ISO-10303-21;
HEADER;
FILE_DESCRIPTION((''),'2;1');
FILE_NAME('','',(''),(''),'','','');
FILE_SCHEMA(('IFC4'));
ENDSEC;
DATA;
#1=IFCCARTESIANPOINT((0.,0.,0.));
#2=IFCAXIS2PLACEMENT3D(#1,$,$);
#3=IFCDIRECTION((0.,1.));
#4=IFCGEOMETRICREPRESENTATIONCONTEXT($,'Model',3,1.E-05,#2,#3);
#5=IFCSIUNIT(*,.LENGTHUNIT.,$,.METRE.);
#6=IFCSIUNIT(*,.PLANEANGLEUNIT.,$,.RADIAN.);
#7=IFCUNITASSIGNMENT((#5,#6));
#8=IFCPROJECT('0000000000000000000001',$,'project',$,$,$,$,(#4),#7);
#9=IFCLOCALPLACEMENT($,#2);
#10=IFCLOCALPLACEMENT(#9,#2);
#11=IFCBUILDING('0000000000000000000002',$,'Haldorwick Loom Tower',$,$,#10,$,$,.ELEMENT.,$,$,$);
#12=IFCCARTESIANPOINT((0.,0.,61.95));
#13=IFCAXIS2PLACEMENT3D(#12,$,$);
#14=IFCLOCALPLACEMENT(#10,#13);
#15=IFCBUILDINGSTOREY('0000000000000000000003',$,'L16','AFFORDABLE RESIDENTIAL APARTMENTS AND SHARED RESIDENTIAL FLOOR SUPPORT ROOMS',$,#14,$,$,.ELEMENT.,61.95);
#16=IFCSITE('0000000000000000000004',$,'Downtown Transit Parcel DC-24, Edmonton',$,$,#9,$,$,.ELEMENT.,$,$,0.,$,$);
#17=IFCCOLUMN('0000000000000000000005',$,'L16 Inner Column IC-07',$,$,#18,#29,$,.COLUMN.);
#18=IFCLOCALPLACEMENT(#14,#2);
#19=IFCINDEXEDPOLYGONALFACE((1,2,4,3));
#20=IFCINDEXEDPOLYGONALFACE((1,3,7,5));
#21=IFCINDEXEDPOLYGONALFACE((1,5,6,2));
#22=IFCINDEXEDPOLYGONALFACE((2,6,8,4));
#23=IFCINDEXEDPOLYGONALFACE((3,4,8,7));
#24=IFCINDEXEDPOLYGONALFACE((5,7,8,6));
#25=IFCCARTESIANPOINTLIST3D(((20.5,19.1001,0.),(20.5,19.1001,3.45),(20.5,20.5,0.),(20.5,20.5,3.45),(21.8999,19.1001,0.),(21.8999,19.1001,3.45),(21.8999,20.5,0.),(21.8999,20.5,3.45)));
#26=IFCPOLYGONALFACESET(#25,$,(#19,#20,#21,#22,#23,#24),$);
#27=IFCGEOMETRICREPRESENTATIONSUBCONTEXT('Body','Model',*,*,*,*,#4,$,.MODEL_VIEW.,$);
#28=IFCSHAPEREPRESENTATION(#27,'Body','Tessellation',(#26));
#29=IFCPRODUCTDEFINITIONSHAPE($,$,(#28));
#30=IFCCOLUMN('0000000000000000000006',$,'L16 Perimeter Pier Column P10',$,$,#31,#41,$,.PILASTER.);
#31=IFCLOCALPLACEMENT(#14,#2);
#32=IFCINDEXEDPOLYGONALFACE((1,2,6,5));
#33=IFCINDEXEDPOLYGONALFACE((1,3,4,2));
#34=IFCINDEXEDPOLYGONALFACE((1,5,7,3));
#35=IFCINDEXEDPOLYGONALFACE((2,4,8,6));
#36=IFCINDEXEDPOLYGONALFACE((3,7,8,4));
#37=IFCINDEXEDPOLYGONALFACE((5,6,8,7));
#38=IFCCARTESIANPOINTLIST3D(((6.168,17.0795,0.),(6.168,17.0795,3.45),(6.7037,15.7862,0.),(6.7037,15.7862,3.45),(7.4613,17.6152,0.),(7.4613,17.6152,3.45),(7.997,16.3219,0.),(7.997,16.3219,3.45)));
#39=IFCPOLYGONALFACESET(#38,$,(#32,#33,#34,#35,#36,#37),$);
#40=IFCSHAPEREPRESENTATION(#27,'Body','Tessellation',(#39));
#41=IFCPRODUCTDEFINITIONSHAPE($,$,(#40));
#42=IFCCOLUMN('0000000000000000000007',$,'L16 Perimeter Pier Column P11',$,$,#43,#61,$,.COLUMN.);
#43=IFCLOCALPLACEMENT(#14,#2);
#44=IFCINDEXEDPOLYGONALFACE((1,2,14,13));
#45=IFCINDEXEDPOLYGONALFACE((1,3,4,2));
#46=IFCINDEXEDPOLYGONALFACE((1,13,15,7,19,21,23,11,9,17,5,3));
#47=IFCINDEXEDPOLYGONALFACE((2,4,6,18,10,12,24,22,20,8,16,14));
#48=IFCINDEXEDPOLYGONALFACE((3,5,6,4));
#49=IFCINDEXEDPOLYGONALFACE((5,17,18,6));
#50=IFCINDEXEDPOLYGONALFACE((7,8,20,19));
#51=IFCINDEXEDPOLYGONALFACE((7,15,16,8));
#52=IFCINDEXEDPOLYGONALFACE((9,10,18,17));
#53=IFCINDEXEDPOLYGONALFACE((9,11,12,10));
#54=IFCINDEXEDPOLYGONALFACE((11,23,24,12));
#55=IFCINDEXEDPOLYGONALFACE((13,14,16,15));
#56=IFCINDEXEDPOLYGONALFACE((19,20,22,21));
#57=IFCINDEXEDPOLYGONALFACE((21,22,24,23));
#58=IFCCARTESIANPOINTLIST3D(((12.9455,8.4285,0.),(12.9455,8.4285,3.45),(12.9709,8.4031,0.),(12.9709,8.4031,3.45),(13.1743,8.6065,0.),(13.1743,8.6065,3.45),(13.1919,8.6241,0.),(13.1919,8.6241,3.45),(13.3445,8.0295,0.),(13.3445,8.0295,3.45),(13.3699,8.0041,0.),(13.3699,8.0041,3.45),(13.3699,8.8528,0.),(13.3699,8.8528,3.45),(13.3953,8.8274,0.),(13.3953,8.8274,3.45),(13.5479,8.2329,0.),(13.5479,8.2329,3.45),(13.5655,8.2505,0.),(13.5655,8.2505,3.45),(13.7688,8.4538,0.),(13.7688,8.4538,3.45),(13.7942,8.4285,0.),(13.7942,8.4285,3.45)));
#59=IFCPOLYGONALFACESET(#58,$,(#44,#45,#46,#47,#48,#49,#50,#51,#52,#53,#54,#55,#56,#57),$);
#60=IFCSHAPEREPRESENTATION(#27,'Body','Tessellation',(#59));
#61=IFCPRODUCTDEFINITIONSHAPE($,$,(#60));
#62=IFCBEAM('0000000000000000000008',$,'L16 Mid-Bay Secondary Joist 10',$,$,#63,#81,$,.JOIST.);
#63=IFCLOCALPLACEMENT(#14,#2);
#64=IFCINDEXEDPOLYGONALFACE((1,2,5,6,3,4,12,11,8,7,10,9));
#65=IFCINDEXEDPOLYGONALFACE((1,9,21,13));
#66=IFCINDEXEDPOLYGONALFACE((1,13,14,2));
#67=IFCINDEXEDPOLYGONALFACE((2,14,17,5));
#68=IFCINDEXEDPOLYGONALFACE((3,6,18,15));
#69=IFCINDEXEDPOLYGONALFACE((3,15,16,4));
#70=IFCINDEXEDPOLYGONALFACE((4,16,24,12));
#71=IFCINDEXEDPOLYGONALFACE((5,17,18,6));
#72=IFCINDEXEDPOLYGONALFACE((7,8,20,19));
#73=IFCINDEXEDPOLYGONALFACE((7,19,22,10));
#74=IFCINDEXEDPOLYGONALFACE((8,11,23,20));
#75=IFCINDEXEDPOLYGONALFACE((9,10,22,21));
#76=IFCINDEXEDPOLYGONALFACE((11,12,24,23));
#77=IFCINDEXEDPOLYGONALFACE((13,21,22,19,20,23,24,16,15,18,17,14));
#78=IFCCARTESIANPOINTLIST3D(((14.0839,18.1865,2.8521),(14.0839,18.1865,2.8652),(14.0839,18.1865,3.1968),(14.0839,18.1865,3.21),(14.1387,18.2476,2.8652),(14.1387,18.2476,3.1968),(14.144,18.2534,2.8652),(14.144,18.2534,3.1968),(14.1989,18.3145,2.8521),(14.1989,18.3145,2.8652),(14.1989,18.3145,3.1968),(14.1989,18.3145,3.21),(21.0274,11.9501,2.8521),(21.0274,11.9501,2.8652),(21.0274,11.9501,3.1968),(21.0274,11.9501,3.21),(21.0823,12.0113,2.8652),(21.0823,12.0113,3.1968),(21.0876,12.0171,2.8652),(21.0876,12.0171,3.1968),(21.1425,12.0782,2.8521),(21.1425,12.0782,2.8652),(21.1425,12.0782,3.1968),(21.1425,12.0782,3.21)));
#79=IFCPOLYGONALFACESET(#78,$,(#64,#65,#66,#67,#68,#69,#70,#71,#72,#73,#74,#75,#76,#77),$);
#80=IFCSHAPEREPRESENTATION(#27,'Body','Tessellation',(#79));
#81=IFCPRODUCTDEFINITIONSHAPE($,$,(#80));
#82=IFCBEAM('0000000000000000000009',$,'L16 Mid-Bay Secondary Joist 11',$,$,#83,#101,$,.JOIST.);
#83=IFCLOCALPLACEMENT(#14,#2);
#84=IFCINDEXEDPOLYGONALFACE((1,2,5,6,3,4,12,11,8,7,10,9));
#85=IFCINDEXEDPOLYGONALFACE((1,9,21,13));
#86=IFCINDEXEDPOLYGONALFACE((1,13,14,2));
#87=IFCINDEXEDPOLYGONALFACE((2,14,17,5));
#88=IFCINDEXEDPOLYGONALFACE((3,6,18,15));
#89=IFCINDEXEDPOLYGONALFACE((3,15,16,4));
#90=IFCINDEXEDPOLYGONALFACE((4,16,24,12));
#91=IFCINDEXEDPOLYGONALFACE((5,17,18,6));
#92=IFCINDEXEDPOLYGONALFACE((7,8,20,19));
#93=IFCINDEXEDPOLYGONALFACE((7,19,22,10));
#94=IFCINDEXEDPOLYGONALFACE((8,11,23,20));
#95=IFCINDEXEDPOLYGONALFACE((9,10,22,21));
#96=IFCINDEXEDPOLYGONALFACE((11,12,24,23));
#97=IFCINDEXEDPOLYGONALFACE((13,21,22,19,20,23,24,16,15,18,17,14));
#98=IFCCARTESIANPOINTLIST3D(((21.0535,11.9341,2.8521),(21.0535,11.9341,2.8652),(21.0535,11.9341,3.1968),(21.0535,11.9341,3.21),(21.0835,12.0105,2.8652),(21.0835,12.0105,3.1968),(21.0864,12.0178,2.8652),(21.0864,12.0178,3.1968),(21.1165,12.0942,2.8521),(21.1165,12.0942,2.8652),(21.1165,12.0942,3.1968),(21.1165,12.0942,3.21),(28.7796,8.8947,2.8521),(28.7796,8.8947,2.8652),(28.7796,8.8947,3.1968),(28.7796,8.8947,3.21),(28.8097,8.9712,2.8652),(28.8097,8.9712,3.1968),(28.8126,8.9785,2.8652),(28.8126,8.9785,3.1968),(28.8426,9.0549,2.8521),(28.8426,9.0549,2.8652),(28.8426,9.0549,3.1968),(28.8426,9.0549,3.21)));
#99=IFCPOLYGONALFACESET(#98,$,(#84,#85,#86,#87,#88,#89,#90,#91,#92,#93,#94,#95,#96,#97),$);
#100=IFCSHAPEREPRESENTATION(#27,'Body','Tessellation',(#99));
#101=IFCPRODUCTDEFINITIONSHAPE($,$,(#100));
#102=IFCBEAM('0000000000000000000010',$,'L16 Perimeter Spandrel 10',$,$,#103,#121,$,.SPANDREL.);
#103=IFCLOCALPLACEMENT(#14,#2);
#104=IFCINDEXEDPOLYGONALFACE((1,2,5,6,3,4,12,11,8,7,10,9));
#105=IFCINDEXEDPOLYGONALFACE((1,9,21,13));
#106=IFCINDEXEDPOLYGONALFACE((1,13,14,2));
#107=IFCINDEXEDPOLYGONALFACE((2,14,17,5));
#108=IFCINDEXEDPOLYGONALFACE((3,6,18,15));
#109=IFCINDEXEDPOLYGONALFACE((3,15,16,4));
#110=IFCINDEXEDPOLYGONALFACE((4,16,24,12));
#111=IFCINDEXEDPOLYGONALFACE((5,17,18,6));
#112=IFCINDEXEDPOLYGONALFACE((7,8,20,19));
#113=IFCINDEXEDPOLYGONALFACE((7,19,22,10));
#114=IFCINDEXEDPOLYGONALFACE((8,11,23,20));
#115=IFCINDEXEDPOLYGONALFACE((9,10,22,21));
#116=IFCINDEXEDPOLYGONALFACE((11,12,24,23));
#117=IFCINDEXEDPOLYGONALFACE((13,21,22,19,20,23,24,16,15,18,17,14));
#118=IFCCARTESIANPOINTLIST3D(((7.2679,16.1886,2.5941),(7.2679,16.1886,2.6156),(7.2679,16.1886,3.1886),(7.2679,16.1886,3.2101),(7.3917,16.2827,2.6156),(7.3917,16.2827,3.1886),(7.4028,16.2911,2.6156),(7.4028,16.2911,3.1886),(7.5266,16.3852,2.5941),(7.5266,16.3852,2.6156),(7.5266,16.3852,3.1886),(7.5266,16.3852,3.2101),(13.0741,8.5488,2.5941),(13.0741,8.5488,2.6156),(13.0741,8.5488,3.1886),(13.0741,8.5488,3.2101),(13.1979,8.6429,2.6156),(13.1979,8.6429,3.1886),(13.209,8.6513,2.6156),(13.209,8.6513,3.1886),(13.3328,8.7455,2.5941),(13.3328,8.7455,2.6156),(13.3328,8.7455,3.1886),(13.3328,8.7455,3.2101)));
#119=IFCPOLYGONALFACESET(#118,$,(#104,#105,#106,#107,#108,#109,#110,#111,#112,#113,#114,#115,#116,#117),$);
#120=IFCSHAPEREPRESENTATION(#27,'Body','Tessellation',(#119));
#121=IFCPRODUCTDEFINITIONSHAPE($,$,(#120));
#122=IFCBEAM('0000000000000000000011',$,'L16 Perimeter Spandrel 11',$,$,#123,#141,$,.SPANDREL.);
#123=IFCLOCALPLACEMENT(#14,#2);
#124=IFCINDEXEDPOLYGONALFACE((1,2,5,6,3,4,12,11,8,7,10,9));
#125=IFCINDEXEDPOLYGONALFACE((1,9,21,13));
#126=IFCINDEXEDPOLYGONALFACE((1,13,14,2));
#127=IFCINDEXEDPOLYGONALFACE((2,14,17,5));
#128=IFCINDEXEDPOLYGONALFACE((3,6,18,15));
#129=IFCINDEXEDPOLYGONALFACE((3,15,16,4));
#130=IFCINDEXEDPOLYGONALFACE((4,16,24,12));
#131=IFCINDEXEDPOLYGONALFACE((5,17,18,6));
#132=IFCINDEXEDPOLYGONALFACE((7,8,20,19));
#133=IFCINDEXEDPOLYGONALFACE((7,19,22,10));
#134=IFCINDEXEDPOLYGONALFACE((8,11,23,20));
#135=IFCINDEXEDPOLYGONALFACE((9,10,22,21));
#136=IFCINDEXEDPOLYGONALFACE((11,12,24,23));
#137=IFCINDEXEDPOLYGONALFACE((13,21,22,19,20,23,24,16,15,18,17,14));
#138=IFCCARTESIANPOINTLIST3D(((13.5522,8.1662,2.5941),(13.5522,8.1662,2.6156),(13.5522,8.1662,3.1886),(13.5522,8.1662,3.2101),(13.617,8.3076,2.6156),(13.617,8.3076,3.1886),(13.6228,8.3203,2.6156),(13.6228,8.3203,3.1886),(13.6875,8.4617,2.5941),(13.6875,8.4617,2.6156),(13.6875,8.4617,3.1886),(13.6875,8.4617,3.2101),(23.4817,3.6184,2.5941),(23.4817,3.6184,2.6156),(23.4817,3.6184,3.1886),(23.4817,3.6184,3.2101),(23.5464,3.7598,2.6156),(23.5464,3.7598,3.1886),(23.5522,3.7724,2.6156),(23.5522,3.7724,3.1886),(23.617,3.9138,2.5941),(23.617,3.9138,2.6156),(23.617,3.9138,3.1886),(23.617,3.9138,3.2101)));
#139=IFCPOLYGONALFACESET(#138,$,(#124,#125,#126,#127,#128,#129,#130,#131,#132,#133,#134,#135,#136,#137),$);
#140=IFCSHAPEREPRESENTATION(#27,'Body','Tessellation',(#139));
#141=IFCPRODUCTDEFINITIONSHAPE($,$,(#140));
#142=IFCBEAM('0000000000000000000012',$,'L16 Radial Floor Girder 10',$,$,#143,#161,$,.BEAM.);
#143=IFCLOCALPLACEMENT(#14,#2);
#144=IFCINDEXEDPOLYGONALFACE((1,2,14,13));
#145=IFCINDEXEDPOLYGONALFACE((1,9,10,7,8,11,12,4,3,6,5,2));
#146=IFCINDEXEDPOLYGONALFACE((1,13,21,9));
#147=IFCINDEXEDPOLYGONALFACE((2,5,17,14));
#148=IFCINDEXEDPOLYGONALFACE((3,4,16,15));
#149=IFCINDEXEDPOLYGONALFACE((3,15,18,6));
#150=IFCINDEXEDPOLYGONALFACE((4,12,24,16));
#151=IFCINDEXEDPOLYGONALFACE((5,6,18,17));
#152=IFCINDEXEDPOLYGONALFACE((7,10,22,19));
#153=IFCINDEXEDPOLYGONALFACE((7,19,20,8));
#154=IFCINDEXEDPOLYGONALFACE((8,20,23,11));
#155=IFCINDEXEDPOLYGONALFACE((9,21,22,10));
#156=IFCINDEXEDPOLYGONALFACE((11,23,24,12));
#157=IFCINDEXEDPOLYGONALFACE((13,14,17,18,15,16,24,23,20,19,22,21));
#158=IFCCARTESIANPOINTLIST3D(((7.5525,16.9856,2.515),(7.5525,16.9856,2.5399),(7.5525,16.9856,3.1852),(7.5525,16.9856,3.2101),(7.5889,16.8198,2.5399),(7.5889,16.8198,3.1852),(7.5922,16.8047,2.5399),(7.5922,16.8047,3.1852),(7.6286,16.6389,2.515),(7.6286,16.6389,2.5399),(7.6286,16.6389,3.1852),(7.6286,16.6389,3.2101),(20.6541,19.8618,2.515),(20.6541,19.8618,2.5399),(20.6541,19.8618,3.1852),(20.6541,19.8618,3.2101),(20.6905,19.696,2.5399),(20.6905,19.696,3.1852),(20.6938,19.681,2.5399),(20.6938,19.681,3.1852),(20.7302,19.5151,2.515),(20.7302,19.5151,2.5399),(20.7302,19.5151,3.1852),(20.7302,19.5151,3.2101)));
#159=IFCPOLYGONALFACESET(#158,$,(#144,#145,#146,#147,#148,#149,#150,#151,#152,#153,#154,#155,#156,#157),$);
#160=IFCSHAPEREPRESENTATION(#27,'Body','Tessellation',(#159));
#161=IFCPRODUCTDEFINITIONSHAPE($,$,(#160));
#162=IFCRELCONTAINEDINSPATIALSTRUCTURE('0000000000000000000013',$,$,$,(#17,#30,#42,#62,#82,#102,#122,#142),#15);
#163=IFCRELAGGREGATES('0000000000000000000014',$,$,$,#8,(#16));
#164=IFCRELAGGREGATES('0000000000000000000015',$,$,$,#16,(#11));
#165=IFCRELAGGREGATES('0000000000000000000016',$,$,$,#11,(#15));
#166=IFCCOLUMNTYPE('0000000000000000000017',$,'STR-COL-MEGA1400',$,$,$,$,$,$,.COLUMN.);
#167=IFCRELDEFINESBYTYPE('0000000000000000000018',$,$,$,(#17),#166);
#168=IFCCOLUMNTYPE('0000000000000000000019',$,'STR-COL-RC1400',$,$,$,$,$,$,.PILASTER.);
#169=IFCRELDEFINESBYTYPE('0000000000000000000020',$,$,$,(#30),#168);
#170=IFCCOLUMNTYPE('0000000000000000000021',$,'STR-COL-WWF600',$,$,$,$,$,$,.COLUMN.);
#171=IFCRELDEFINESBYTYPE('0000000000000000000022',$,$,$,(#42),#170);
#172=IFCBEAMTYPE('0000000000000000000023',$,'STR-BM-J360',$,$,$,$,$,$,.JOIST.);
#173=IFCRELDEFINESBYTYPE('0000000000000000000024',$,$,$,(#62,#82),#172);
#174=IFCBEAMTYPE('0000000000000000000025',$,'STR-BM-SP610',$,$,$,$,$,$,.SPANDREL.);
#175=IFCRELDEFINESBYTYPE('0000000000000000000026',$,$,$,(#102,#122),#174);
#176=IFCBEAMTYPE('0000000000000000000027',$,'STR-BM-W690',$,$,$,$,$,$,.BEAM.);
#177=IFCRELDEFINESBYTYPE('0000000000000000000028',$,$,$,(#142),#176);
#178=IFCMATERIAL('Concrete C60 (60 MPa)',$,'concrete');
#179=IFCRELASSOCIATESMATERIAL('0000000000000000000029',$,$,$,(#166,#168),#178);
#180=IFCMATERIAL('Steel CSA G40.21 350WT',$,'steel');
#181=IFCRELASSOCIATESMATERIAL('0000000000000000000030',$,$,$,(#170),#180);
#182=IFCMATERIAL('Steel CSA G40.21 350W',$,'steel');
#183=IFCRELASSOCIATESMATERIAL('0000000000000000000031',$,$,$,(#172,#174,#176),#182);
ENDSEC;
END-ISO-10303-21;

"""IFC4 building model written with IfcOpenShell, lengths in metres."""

from ifc_helpers import new_model, si_unit, direction, frame, origin, origin_2d, place, context, subcontext, project, spatial, rectangle, i_section, extrude, material, material_profile, profile_set, type_object, element, save


model = new_model("IFC4")

# Units and contexts
model_context = context("Model", 3, precision=1e-05, world=origin(), true_north=direction((0.0, 1.0)))
body_context = subcontext(model_context, "Body", "Model", "MODEL_VIEW")
ifc_project = project(units=[si_unit("LENGTHUNIT", "METRE"), si_unit("PLANEANGLEUNIT", "RADIAN")], contexts=[model_context])

# Site, building, storey
site_placement = place(None, origin())
site = spatial("IfcSite", under=ifc_project, at=site_placement, Name="Downtown Transit Parcel DC-24, Edmonton", CompositionType="ELEMENT", RefElevation=0.0)
building_placement = place(site_placement, origin())
building = spatial("IfcBuilding", under=site, at=building_placement, Name="Haldorwick Loom Tower", CompositionType="ELEMENT")
storey_placement = place(building_placement, frame((0.0, 0.0, 61.95)))
storey = spatial("IfcBuildingStorey", under=building, at=storey_placement, Name="L16", Description="AFFORDABLE RESIDENTIAL APARTMENTS AND SHARED RESIDENTIAL FLOOR SUPPORT ROOMS", CompositionType="ELEMENT", Elevation=61.95)

# Columns
ifc_material_1 = material(Name="Concrete C60 (60 MPa)", Category="concrete")
ifc_material_profile_1 = material_profile(ifc_material_1, rectangle(XDim=1.3999, YDim=1.3999, at=origin_2d()), Name="RC1400X1400", Category="concrete")
ifc_profile_set_1 = profile_set([ifc_material_profile_1], Name="Concrete C60 (60 MPa)")
column_type_1 = type_object("IfcColumnType", Name="STR-COL-MEGA1400", PredefinedType="COLUMN", material=ifc_profile_set_1)
column_1_placement = place(storey_placement, frame((21.2, 19.8, 0.0), z_axis=(0.0, 0.0, 1.0), x_axis=(1.0, 0.0, 0.0)))
element("IfcColumn", 1, at=column_1_placement, inside=storey, type_object=column_type_1, Name="L16 Inner Column IC-07", PredefinedType="COLUMN", context=body_context, shape_type="SweptSolid", body=[
    extrude(rectangle(XDim=1.3999, YDim=1.3999, at=origin_2d()), origin(), (0.0, 0.0, 1.0), 3.45),
])
ifc_material_profile_2 = material_profile(ifc_material_1, rectangle(XDim=1.3999, YDim=1.3999, at=origin_2d()), Name="RC1400X1400", Category="concrete")
ifc_profile_set_2 = profile_set([ifc_material_profile_2], Name="Concrete C60 (60 MPa)")
column_type_2 = type_object("IfcColumnType", Name="STR-COL-RC1400", PredefinedType="PILASTER", material=ifc_profile_set_2)
column_2_placement = place(storey_placement, frame((7.0825, 16.7007, 0.0), z_axis=(0.0, 0.0, 1.0), x_axis=(-0.92388, -0.382683, 0.0)))
element("IfcColumn", 2, at=column_2_placement, inside=storey, type_object=column_type_2, Name="L16 Perimeter Pier Column P10", PredefinedType="PILASTER", context=body_context, shape_type="SweptSolid", body=[
    extrude(rectangle(XDim=1.3999, YDim=1.3999, at=origin_2d()), origin(), (0.0, 0.0, 1.0), 3.45),
])
ifc_material_2 = material(Name="Steel CSA G40.21 350WT", Category="steel")
ifc_material_profile_3 = material_profile(ifc_material_2, i_section(OverallWidth=0.6001, OverallDepth=0.6001, WebThickness=0.0249, FlangeThickness=0.0359, at=origin_2d()), Name="WWF600X600", Category="steel")
ifc_profile_set_3 = profile_set([ifc_material_profile_3], Name="Steel CSA G40.21 350WT")
column_type_3 = type_object("IfcColumnType", Name="STR-COL-WWF600", PredefinedType="COLUMN", material=ifc_profile_set_3)
column_3_placement = place(storey_placement, frame((13.3699, 8.4285, 0.0), z_axis=(0.0, 0.0, 1.0), x_axis=(-0.707107, -0.707107, 0.0)))
element("IfcColumn", 3, at=column_3_placement, inside=storey, type_object=column_type_3, Name="L16 Perimeter Pier Column P11", PredefinedType="COLUMN", context=body_context, shape_type="SweptSolid", body=[
    extrude(i_section(OverallWidth=0.6001, OverallDepth=0.6001, WebThickness=0.0249, FlangeThickness=0.0359, at=origin_2d()), origin(), (0.0, 0.0, 1.0), 3.45),
])

# Beams
ifc_material_3 = material(Name="Steel CSA G40.21 350W", Category="steel")
ifc_material_profile_4 = material_profile(ifc_material_3, i_section(OverallWidth=0.1721, OverallDepth=0.3579, WebThickness=0.0078, FlangeThickness=0.0132, at=origin_2d()), Name="W360X57", Category="steel")
ifc_profile_set_4 = profile_set([ifc_material_profile_4], Name="Steel CSA G40.21 350W")
beam_type_1 = type_object("IfcBeamType", Name="STR-BM-J360", PredefinedType="JOIST", material=ifc_profile_set_4)
beam_1_placement = place(storey_placement, frame((14.1414, 18.2505, 3.031), z_axis=(0.743982, -0.6682, 0.0), x_axis=(0.6682, 0.743982, 0.0)))
element("IfcBeam", 4, at=beam_1_placement, inside=storey, type_object=beam_type_1, Name="L16 Mid-Bay Secondary Joist 10", PredefinedType="JOIST", context=body_context, shape_type="SweptSolid", body=[
    extrude(i_section(OverallWidth=0.1721, OverallDepth=0.3579, WebThickness=0.0078, FlangeThickness=0.0132, at=origin_2d()), origin(), (0.0, 0.0, 1.0), 9.333),
])
beam_2_placement = place(storey_placement, frame((21.085, 12.0142, 3.031), z_axis=(0.930585, -0.366076, 0.0), x_axis=(0.366076, 0.930585, 0.0)))
element("IfcBeam", 5, at=beam_2_placement, inside=storey, type_object=beam_type_1, Name="L16 Mid-Bay Secondary Joist 11", PredefinedType="JOIST", context=body_context, shape_type="SweptSolid", body=[
    extrude(i_section(OverallWidth=0.1721, OverallDepth=0.3579, WebThickness=0.0078, FlangeThickness=0.0132, at=origin_2d()), origin(), (0.0, 0.0, 1.0), 8.3025),
])
ifc_material_profile_5 = material_profile(ifc_material_3, i_section(OverallWidth=0.325, OverallDepth=0.616, WebThickness=0.0139, FlangeThickness=0.0215, at=origin_2d()), Name="W610X174", Category="steel")
ifc_profile_set_5 = profile_set([ifc_material_profile_5], Name="Steel CSA G40.21 350W")
beam_type_2 = type_object("IfcBeamType", Name="STR-BM-SP610", PredefinedType="SPANDREL", material=ifc_profile_set_5)
beam_3_placement = place(storey_placement, frame((7.3972, 16.2869, 2.9021), z_axis=(0.605085, -0.796161, 0.0), x_axis=(0.796161, 0.605085, 0.0)))
element("IfcBeam", 6, at=beam_3_placement, inside=storey, type_object=beam_type_2, Name="L16 Perimeter Spandrel 10", PredefinedType="SPANDREL", context=body_context, shape_type="SweptSolid", body=[
    extrude(i_section(OverallWidth=0.325, OverallDepth=0.616, WebThickness=0.0139, FlangeThickness=0.0215, at=origin_2d()), origin(), (0.0, 0.0, 1.0), 9.5957),
])
beam_4_placement = place(storey_placement, frame((13.6199, 8.314, 2.9021), z_axis=(0.909174, -0.416417, 0.0), x_axis=(0.416417, 0.909174, 0.0)))
element("IfcBeam", 7, at=beam_4_placement, inside=storey, type_object=beam_type_2, Name="L16 Perimeter Spandrel 11", PredefinedType="SPANDREL", context=body_context, shape_type="SweptSolid", body=[
    extrude(i_section(OverallWidth=0.325, OverallDepth=0.616, WebThickness=0.0139, FlangeThickness=0.0215, at=origin_2d()), origin(), (0.0, 0.0, 1.0), 10.9214),
])
ifc_material_profile_6 = material_profile(ifc_material_3, i_section(OverallWidth=0.355, OverallDepth=0.6951, WebThickness=0.0154, FlangeThickness=0.0249, at=origin_2d()), Name="W690X217", Category="steel")
ifc_profile_set_6 = profile_set([ifc_material_profile_6], Name="Steel CSA G40.21 350W")
beam_type_3 = type_object("IfcBeamType", Name="STR-BM-W690", PredefinedType="BEAM", material=ifc_profile_set_6)
beam_5_placement = place(storey_placement, frame((20.6921, 19.6885, 2.8625), z_axis=(-0.97674, -0.214426, 0.0), x_axis=(0.214426, -0.97674, 0.0)))
element("IfcBeam", 8, at=beam_5_placement, inside=storey, type_object=beam_type_3, Name="L16 Radial Floor Girder 10", PredefinedType="BEAM", context=body_context, shape_type="SweptSolid", body=[
    extrude(i_section(OverallWidth=0.355, OverallDepth=0.6951, WebThickness=0.0154, FlangeThickness=0.0249, at=origin_2d()), origin(), (0.0, 0.0, 1.0), 13.4136),
])

save(model, "model.ifc")
